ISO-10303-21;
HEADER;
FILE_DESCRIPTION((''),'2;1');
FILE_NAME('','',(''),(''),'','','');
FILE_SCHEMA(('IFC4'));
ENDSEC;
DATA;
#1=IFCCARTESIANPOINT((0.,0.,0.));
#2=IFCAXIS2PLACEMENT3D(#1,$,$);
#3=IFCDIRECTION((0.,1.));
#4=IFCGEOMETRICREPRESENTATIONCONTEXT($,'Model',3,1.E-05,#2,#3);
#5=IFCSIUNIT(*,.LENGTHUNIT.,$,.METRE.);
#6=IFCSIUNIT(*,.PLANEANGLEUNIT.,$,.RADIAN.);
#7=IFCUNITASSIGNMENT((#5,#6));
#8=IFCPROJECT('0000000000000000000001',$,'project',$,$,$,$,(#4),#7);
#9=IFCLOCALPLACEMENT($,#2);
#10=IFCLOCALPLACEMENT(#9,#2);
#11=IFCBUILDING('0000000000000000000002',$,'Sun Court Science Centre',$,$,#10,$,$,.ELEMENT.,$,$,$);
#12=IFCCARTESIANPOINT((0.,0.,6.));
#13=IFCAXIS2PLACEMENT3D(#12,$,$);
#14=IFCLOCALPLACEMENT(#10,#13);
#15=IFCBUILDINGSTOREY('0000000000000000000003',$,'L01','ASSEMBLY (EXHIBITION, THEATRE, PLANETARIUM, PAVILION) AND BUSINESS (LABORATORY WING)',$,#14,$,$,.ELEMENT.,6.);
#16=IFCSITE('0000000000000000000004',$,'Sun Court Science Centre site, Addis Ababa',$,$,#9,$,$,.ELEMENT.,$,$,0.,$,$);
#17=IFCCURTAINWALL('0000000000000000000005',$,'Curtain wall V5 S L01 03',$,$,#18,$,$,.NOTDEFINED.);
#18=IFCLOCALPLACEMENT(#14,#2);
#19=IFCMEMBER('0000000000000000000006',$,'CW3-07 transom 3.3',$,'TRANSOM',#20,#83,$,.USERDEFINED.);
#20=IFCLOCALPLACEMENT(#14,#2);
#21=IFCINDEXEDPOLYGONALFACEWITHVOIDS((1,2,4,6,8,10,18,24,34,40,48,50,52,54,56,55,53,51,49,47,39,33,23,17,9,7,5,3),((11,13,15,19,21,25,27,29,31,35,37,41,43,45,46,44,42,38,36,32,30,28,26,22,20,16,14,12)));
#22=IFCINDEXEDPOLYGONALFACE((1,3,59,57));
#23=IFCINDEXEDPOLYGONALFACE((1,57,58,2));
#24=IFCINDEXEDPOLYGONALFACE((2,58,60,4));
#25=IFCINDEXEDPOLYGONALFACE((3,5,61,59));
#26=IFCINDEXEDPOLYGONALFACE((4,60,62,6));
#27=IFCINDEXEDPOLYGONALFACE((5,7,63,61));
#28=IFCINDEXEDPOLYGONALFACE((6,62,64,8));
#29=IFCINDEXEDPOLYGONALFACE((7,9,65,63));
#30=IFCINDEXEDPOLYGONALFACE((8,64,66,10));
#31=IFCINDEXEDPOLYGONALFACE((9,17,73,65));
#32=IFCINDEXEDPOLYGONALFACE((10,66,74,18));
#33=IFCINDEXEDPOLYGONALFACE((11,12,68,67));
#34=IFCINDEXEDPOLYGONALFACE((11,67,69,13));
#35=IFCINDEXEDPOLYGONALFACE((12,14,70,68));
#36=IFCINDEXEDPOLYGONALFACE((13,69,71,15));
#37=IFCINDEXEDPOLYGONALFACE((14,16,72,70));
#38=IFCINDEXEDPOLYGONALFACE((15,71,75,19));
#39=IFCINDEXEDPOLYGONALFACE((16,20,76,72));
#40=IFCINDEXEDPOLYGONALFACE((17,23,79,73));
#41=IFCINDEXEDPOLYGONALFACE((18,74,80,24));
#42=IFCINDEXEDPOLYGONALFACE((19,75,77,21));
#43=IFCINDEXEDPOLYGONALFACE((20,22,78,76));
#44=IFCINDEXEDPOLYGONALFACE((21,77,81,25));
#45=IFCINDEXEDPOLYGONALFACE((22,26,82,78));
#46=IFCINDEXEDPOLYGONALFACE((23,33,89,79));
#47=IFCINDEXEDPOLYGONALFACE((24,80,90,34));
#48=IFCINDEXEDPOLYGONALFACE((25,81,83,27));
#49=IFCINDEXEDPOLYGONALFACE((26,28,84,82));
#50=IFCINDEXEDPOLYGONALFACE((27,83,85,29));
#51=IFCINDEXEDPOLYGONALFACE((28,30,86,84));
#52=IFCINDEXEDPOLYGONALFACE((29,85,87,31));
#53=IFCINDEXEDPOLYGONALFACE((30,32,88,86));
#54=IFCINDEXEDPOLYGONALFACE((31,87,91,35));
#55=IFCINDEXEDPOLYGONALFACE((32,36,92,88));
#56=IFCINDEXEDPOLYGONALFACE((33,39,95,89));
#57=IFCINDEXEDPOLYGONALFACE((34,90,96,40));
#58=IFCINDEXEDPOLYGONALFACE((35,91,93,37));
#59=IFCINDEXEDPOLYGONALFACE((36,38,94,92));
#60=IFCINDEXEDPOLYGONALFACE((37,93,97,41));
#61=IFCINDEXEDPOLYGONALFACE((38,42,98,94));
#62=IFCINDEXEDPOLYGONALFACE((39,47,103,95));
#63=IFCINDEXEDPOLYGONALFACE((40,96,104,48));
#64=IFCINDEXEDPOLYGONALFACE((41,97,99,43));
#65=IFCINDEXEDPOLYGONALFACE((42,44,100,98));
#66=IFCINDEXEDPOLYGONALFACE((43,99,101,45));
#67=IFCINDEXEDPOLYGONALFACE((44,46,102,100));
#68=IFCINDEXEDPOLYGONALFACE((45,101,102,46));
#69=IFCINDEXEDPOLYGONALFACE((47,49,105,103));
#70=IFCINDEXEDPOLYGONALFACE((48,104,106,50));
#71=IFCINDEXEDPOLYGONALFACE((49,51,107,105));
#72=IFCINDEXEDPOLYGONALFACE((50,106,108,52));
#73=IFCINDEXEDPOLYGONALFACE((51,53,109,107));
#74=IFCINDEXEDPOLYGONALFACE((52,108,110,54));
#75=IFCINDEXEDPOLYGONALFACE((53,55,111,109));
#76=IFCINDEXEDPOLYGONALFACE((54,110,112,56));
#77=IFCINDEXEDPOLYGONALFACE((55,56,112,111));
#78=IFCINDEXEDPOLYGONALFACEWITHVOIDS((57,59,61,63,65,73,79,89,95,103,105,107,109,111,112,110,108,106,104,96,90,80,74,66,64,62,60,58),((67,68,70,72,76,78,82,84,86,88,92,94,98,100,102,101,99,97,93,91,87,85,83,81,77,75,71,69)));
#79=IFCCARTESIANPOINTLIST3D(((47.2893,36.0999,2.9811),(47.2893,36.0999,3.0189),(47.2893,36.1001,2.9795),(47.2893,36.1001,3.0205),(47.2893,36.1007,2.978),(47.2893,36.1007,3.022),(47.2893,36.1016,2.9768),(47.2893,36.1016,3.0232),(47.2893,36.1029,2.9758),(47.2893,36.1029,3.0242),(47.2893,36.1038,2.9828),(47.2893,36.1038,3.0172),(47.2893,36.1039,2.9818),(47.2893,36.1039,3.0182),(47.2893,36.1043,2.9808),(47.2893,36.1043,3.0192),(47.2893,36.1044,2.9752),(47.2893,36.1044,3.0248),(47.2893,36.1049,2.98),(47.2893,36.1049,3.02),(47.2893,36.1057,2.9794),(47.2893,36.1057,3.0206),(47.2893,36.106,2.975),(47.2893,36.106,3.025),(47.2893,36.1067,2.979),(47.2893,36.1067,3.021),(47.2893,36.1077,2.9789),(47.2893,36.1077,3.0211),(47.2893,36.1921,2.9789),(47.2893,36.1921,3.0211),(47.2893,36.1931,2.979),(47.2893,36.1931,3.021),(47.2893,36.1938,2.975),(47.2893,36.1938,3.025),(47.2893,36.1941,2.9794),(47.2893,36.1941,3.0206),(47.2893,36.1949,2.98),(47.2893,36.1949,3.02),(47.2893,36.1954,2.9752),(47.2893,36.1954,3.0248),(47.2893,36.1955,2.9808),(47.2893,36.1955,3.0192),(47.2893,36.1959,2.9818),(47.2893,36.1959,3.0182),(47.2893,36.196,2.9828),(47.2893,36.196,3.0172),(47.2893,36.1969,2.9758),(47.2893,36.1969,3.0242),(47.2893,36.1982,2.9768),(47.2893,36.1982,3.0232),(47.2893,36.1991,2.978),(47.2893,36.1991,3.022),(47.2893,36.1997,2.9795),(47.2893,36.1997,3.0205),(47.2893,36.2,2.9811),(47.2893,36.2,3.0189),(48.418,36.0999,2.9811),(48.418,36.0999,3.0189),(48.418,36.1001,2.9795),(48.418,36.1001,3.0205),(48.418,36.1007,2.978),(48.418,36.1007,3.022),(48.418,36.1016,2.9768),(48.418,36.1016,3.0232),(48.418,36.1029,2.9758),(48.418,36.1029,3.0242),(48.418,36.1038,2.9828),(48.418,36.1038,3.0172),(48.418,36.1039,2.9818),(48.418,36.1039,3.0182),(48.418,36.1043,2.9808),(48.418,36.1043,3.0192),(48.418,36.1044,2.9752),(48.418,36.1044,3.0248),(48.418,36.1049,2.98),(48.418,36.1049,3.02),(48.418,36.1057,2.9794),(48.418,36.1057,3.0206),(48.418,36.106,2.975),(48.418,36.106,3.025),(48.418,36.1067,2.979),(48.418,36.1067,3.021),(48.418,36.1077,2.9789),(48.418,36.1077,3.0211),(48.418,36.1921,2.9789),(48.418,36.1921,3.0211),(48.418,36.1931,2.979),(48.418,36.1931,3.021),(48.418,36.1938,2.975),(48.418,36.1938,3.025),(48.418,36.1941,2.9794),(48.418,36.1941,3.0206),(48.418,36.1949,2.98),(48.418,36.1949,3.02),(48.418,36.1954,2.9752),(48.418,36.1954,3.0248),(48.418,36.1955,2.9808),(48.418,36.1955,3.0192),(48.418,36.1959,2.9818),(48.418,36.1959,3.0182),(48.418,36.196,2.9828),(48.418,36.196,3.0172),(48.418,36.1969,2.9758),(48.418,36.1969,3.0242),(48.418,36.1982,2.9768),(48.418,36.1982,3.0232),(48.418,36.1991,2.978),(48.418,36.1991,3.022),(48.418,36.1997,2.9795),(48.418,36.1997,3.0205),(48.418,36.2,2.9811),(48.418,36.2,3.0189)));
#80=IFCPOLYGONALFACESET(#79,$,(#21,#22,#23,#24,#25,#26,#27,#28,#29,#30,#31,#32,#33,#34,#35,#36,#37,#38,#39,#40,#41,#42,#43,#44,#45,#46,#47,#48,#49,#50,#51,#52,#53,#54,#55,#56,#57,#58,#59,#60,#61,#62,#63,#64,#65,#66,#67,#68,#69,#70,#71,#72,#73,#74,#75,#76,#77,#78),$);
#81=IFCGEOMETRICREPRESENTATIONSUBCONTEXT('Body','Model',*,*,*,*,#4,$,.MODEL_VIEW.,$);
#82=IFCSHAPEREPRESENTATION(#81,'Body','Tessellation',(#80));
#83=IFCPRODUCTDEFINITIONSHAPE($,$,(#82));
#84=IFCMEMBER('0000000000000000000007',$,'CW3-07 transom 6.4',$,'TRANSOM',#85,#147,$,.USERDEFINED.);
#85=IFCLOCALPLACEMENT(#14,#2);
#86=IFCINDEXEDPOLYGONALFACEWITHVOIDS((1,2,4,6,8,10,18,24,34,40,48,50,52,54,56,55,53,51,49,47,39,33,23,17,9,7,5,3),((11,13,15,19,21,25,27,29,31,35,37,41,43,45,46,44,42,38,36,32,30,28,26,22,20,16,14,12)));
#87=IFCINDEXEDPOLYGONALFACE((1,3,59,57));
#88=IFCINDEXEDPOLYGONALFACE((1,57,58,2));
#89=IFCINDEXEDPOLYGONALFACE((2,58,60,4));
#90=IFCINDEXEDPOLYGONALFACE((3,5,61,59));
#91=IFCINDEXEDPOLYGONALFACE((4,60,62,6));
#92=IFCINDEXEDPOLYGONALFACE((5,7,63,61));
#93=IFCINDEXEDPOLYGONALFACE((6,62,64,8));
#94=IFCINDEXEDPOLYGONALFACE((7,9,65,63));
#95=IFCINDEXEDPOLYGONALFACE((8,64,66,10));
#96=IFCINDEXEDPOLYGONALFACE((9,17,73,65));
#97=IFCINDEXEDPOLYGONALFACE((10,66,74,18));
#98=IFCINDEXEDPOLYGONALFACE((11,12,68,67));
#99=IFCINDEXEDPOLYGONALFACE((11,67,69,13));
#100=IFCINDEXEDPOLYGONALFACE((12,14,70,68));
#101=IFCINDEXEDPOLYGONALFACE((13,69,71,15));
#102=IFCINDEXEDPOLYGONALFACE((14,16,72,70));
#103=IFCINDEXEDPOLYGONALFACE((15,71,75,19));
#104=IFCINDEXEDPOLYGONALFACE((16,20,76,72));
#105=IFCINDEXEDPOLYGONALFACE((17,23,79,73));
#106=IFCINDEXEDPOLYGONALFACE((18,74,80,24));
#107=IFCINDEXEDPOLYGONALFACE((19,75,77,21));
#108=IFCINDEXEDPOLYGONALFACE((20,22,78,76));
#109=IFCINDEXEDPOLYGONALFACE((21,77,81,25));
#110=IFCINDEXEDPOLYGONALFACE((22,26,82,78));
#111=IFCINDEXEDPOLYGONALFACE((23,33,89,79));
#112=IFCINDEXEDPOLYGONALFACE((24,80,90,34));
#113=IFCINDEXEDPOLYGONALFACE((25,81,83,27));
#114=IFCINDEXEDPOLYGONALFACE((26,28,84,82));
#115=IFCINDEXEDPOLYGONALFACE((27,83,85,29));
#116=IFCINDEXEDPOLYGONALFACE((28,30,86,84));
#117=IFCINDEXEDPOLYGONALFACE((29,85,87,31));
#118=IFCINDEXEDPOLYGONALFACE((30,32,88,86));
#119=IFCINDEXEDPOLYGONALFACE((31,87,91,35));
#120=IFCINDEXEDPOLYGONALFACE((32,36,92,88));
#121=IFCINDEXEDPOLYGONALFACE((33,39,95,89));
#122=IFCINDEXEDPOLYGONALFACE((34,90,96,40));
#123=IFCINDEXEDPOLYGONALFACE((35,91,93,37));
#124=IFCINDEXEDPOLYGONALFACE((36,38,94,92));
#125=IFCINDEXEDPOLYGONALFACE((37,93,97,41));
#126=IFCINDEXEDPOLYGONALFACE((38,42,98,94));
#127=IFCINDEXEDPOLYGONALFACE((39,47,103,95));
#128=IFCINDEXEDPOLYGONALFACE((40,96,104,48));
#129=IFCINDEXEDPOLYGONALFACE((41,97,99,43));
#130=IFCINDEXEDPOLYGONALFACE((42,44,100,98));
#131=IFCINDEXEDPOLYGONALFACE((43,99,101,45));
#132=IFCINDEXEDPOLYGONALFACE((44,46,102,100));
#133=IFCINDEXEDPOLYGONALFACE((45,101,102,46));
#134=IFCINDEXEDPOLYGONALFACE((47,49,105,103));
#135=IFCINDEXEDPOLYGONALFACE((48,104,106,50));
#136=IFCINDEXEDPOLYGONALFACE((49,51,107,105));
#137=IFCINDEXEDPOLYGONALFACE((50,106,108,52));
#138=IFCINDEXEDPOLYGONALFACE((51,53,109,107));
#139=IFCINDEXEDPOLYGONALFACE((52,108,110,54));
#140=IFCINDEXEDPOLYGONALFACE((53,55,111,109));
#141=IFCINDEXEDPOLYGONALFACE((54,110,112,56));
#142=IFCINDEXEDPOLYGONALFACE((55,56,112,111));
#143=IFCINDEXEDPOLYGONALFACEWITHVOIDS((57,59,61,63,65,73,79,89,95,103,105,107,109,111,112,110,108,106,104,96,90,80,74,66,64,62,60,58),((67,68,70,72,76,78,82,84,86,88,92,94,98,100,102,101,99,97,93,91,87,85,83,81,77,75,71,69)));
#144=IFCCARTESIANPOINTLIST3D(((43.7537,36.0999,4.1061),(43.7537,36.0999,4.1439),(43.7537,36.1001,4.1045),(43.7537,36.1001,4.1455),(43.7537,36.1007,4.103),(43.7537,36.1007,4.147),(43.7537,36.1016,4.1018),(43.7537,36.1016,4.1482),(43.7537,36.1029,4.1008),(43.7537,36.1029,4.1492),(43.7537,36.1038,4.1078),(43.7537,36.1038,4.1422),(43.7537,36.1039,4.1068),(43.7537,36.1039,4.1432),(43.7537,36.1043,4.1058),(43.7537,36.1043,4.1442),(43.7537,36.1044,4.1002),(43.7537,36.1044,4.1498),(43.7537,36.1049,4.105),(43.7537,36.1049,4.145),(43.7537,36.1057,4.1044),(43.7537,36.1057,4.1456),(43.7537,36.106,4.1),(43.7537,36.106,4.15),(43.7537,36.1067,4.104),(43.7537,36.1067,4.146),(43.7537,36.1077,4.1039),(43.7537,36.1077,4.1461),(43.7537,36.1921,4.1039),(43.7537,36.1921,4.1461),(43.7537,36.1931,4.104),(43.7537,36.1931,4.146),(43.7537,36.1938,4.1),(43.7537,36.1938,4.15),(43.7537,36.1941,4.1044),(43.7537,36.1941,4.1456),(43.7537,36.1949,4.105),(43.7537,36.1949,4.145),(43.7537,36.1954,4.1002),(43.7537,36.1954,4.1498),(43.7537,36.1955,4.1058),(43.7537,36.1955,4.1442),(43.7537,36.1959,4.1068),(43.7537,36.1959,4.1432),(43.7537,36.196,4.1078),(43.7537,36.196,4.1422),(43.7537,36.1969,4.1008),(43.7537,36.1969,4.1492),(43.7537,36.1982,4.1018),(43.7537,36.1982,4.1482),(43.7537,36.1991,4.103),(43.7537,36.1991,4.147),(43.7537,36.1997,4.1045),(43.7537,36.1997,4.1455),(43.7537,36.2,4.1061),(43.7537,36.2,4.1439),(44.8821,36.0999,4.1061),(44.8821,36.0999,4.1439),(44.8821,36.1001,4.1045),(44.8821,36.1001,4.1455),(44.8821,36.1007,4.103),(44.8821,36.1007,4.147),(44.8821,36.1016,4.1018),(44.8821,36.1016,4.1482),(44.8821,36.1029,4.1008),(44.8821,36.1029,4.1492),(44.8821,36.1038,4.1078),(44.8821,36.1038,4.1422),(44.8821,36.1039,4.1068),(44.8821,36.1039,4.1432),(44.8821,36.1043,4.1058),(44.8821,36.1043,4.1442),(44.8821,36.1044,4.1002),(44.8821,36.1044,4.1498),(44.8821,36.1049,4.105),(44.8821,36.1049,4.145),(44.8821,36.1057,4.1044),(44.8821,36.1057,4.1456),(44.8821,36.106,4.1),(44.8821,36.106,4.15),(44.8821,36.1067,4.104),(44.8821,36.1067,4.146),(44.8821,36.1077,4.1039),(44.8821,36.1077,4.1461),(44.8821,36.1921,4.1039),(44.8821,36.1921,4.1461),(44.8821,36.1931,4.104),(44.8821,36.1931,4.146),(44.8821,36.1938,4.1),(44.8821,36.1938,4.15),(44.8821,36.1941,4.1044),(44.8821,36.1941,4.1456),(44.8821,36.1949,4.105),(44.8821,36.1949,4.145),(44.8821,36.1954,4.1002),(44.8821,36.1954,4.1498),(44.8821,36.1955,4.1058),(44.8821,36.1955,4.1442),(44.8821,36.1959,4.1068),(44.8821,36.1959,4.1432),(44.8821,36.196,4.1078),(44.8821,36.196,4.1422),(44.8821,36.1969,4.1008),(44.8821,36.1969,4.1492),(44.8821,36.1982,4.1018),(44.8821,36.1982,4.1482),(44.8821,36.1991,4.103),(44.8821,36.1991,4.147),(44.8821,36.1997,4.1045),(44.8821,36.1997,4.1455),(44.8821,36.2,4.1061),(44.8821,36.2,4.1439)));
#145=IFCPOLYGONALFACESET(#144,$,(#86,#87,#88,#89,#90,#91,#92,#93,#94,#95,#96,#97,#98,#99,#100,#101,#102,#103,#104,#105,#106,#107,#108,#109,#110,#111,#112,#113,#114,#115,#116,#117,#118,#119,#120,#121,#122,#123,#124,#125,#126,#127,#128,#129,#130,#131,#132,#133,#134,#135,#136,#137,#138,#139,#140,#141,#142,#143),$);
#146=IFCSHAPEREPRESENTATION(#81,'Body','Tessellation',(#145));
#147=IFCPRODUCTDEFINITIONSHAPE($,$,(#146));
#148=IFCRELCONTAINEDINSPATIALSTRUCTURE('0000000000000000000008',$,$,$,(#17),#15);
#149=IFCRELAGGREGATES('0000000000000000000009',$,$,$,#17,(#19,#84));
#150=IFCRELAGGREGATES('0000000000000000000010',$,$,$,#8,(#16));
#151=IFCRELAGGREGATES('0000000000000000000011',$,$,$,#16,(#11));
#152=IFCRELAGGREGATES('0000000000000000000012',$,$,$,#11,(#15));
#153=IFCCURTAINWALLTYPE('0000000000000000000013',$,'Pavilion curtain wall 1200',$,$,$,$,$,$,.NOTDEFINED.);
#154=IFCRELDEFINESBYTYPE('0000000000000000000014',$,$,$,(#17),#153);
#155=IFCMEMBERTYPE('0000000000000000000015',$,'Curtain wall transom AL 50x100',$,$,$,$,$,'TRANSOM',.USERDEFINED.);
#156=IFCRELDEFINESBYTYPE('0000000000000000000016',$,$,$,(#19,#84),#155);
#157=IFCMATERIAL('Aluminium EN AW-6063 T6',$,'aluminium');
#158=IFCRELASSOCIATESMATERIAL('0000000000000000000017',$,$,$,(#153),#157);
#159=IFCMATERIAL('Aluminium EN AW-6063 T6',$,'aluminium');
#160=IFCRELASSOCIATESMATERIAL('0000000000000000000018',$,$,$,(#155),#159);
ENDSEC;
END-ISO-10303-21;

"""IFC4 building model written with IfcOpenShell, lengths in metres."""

from ifc_helpers import new_model, si_unit, direction, frame, origin, origin_2d, place, context, subcontext, project, spatial, hollow_rectangle, extrude, material, material_profile, profile_set, type_object, element, aggregate, save


model = new_model("IFC4")

# Units and contexts
model_context = context("Model", 3, precision=1e-05, world=origin(), true_north=direction((0.0, 1.0)))
body_context = subcontext(model_context, "Body", "Model", "MODEL_VIEW")
ifc_project = project(units=[si_unit("LENGTHUNIT", "METRE"), si_unit("PLANEANGLEUNIT", "RADIAN")], contexts=[model_context])

# Site, building, storey
site_placement = place(None, origin())
site = spatial("IfcSite", under=ifc_project, at=site_placement, Name="Sun Court Science Centre site, Addis Ababa", CompositionType="ELEMENT", RefElevation=0.0)
building_placement = place(site_placement, origin())
building = spatial("IfcBuilding", under=site, at=building_placement, Name="Sun Court Science Centre", CompositionType="ELEMENT")
storey_placement = place(building_placement, frame((0.0, 0.0, 6.0)))
storey = spatial("IfcBuildingStorey", under=building, at=storey_placement, Name="L01", Description="ASSEMBLY (EXHIBITION, THEATRE, PLANETARIUM, PAVILION) AND BUSINESS (LABORATORY WING)", CompositionType="ELEMENT", Elevation=6.0)

# Curtain wall
ifc_material_1 = material(Name="Aluminium EN AW-6063 T6", Category="aluminium")
curtain_wall_type_1 = type_object("IfcCurtainWallType", Name="Pavilion curtain wall 1200", PredefinedType="NOTDEFINED", material=ifc_material_1)
curtain_wall_1_placement = place(storey_placement, origin())
curtain_wall_1 = element("IfcCurtainWall", 1, at=curtain_wall_1_placement, inside=storey, type_object=curtain_wall_type_1, Name="Curtain wall V5 S L01 03", PredefinedType="NOTDEFINED")

# Members
ifc_material_2 = material(Name="Aluminium EN AW-6063 T6", Category="aluminium")
ifc_material_profile_1 = material_profile(ifc_material_2, hollow_rectangle(XDim=0.05, YDim=0.1001, WallThickness=0.0039, InnerFilletRadius=0.0039, OuterFilletRadius=0.0061, at=origin_2d()), Name="AL 50x100x4")
ifc_profile_set_1 = profile_set([ifc_material_profile_1], Name="Aluminium EN AW-6063 T6")
member_type_1 = type_object("IfcMemberType", Name="Curtain wall transom AL 50x100", ElementType="TRANSOM", PredefinedType="USERDEFINED", material=ifc_profile_set_1)
member_1_placement = place(storey_placement, frame((48.418, 36.1499, 3.0), z_axis=(-1.0, 0.0, 0.0), x_axis=(0.0, 0.0, 1.0)))
member_1 = element("IfcMember", 2, at=member_1_placement, type_object=member_type_1, Name="CW3-07 transom 3.3", ObjectType="TRANSOM", PredefinedType="USERDEFINED", context=body_context, shape_type="SweptSolid", body=[
    extrude(hollow_rectangle(XDim=0.05, YDim=0.1001, WallThickness=0.0039, InnerFilletRadius=0.0039, OuterFilletRadius=0.0061, at=origin_2d()), origin(), (0.0, 0.0, 1.0), 1.1287),
])
member_2_placement = place(storey_placement, frame((44.8821, 36.1499, 4.125), z_axis=(-1.0, 0.0, 0.0), x_axis=(0.0, 0.0, 1.0)))
member_2 = element("IfcMember", 3, at=member_2_placement, type_object=member_type_1, Name="CW3-07 transom 6.4", ObjectType="TRANSOM", PredefinedType="USERDEFINED", context=body_context, shape_type="SweptSolid", body=[
    extrude(hollow_rectangle(XDim=0.05, YDim=0.1001, WallThickness=0.0039, InnerFilletRadius=0.0039, OuterFilletRadius=0.0061, at=origin_2d()), origin(), (0.0, 0.0, 1.0), 1.1284),
])

aggregate(curtain_wall_1, [member_1, member_2])

save(model, "model.ifc")
